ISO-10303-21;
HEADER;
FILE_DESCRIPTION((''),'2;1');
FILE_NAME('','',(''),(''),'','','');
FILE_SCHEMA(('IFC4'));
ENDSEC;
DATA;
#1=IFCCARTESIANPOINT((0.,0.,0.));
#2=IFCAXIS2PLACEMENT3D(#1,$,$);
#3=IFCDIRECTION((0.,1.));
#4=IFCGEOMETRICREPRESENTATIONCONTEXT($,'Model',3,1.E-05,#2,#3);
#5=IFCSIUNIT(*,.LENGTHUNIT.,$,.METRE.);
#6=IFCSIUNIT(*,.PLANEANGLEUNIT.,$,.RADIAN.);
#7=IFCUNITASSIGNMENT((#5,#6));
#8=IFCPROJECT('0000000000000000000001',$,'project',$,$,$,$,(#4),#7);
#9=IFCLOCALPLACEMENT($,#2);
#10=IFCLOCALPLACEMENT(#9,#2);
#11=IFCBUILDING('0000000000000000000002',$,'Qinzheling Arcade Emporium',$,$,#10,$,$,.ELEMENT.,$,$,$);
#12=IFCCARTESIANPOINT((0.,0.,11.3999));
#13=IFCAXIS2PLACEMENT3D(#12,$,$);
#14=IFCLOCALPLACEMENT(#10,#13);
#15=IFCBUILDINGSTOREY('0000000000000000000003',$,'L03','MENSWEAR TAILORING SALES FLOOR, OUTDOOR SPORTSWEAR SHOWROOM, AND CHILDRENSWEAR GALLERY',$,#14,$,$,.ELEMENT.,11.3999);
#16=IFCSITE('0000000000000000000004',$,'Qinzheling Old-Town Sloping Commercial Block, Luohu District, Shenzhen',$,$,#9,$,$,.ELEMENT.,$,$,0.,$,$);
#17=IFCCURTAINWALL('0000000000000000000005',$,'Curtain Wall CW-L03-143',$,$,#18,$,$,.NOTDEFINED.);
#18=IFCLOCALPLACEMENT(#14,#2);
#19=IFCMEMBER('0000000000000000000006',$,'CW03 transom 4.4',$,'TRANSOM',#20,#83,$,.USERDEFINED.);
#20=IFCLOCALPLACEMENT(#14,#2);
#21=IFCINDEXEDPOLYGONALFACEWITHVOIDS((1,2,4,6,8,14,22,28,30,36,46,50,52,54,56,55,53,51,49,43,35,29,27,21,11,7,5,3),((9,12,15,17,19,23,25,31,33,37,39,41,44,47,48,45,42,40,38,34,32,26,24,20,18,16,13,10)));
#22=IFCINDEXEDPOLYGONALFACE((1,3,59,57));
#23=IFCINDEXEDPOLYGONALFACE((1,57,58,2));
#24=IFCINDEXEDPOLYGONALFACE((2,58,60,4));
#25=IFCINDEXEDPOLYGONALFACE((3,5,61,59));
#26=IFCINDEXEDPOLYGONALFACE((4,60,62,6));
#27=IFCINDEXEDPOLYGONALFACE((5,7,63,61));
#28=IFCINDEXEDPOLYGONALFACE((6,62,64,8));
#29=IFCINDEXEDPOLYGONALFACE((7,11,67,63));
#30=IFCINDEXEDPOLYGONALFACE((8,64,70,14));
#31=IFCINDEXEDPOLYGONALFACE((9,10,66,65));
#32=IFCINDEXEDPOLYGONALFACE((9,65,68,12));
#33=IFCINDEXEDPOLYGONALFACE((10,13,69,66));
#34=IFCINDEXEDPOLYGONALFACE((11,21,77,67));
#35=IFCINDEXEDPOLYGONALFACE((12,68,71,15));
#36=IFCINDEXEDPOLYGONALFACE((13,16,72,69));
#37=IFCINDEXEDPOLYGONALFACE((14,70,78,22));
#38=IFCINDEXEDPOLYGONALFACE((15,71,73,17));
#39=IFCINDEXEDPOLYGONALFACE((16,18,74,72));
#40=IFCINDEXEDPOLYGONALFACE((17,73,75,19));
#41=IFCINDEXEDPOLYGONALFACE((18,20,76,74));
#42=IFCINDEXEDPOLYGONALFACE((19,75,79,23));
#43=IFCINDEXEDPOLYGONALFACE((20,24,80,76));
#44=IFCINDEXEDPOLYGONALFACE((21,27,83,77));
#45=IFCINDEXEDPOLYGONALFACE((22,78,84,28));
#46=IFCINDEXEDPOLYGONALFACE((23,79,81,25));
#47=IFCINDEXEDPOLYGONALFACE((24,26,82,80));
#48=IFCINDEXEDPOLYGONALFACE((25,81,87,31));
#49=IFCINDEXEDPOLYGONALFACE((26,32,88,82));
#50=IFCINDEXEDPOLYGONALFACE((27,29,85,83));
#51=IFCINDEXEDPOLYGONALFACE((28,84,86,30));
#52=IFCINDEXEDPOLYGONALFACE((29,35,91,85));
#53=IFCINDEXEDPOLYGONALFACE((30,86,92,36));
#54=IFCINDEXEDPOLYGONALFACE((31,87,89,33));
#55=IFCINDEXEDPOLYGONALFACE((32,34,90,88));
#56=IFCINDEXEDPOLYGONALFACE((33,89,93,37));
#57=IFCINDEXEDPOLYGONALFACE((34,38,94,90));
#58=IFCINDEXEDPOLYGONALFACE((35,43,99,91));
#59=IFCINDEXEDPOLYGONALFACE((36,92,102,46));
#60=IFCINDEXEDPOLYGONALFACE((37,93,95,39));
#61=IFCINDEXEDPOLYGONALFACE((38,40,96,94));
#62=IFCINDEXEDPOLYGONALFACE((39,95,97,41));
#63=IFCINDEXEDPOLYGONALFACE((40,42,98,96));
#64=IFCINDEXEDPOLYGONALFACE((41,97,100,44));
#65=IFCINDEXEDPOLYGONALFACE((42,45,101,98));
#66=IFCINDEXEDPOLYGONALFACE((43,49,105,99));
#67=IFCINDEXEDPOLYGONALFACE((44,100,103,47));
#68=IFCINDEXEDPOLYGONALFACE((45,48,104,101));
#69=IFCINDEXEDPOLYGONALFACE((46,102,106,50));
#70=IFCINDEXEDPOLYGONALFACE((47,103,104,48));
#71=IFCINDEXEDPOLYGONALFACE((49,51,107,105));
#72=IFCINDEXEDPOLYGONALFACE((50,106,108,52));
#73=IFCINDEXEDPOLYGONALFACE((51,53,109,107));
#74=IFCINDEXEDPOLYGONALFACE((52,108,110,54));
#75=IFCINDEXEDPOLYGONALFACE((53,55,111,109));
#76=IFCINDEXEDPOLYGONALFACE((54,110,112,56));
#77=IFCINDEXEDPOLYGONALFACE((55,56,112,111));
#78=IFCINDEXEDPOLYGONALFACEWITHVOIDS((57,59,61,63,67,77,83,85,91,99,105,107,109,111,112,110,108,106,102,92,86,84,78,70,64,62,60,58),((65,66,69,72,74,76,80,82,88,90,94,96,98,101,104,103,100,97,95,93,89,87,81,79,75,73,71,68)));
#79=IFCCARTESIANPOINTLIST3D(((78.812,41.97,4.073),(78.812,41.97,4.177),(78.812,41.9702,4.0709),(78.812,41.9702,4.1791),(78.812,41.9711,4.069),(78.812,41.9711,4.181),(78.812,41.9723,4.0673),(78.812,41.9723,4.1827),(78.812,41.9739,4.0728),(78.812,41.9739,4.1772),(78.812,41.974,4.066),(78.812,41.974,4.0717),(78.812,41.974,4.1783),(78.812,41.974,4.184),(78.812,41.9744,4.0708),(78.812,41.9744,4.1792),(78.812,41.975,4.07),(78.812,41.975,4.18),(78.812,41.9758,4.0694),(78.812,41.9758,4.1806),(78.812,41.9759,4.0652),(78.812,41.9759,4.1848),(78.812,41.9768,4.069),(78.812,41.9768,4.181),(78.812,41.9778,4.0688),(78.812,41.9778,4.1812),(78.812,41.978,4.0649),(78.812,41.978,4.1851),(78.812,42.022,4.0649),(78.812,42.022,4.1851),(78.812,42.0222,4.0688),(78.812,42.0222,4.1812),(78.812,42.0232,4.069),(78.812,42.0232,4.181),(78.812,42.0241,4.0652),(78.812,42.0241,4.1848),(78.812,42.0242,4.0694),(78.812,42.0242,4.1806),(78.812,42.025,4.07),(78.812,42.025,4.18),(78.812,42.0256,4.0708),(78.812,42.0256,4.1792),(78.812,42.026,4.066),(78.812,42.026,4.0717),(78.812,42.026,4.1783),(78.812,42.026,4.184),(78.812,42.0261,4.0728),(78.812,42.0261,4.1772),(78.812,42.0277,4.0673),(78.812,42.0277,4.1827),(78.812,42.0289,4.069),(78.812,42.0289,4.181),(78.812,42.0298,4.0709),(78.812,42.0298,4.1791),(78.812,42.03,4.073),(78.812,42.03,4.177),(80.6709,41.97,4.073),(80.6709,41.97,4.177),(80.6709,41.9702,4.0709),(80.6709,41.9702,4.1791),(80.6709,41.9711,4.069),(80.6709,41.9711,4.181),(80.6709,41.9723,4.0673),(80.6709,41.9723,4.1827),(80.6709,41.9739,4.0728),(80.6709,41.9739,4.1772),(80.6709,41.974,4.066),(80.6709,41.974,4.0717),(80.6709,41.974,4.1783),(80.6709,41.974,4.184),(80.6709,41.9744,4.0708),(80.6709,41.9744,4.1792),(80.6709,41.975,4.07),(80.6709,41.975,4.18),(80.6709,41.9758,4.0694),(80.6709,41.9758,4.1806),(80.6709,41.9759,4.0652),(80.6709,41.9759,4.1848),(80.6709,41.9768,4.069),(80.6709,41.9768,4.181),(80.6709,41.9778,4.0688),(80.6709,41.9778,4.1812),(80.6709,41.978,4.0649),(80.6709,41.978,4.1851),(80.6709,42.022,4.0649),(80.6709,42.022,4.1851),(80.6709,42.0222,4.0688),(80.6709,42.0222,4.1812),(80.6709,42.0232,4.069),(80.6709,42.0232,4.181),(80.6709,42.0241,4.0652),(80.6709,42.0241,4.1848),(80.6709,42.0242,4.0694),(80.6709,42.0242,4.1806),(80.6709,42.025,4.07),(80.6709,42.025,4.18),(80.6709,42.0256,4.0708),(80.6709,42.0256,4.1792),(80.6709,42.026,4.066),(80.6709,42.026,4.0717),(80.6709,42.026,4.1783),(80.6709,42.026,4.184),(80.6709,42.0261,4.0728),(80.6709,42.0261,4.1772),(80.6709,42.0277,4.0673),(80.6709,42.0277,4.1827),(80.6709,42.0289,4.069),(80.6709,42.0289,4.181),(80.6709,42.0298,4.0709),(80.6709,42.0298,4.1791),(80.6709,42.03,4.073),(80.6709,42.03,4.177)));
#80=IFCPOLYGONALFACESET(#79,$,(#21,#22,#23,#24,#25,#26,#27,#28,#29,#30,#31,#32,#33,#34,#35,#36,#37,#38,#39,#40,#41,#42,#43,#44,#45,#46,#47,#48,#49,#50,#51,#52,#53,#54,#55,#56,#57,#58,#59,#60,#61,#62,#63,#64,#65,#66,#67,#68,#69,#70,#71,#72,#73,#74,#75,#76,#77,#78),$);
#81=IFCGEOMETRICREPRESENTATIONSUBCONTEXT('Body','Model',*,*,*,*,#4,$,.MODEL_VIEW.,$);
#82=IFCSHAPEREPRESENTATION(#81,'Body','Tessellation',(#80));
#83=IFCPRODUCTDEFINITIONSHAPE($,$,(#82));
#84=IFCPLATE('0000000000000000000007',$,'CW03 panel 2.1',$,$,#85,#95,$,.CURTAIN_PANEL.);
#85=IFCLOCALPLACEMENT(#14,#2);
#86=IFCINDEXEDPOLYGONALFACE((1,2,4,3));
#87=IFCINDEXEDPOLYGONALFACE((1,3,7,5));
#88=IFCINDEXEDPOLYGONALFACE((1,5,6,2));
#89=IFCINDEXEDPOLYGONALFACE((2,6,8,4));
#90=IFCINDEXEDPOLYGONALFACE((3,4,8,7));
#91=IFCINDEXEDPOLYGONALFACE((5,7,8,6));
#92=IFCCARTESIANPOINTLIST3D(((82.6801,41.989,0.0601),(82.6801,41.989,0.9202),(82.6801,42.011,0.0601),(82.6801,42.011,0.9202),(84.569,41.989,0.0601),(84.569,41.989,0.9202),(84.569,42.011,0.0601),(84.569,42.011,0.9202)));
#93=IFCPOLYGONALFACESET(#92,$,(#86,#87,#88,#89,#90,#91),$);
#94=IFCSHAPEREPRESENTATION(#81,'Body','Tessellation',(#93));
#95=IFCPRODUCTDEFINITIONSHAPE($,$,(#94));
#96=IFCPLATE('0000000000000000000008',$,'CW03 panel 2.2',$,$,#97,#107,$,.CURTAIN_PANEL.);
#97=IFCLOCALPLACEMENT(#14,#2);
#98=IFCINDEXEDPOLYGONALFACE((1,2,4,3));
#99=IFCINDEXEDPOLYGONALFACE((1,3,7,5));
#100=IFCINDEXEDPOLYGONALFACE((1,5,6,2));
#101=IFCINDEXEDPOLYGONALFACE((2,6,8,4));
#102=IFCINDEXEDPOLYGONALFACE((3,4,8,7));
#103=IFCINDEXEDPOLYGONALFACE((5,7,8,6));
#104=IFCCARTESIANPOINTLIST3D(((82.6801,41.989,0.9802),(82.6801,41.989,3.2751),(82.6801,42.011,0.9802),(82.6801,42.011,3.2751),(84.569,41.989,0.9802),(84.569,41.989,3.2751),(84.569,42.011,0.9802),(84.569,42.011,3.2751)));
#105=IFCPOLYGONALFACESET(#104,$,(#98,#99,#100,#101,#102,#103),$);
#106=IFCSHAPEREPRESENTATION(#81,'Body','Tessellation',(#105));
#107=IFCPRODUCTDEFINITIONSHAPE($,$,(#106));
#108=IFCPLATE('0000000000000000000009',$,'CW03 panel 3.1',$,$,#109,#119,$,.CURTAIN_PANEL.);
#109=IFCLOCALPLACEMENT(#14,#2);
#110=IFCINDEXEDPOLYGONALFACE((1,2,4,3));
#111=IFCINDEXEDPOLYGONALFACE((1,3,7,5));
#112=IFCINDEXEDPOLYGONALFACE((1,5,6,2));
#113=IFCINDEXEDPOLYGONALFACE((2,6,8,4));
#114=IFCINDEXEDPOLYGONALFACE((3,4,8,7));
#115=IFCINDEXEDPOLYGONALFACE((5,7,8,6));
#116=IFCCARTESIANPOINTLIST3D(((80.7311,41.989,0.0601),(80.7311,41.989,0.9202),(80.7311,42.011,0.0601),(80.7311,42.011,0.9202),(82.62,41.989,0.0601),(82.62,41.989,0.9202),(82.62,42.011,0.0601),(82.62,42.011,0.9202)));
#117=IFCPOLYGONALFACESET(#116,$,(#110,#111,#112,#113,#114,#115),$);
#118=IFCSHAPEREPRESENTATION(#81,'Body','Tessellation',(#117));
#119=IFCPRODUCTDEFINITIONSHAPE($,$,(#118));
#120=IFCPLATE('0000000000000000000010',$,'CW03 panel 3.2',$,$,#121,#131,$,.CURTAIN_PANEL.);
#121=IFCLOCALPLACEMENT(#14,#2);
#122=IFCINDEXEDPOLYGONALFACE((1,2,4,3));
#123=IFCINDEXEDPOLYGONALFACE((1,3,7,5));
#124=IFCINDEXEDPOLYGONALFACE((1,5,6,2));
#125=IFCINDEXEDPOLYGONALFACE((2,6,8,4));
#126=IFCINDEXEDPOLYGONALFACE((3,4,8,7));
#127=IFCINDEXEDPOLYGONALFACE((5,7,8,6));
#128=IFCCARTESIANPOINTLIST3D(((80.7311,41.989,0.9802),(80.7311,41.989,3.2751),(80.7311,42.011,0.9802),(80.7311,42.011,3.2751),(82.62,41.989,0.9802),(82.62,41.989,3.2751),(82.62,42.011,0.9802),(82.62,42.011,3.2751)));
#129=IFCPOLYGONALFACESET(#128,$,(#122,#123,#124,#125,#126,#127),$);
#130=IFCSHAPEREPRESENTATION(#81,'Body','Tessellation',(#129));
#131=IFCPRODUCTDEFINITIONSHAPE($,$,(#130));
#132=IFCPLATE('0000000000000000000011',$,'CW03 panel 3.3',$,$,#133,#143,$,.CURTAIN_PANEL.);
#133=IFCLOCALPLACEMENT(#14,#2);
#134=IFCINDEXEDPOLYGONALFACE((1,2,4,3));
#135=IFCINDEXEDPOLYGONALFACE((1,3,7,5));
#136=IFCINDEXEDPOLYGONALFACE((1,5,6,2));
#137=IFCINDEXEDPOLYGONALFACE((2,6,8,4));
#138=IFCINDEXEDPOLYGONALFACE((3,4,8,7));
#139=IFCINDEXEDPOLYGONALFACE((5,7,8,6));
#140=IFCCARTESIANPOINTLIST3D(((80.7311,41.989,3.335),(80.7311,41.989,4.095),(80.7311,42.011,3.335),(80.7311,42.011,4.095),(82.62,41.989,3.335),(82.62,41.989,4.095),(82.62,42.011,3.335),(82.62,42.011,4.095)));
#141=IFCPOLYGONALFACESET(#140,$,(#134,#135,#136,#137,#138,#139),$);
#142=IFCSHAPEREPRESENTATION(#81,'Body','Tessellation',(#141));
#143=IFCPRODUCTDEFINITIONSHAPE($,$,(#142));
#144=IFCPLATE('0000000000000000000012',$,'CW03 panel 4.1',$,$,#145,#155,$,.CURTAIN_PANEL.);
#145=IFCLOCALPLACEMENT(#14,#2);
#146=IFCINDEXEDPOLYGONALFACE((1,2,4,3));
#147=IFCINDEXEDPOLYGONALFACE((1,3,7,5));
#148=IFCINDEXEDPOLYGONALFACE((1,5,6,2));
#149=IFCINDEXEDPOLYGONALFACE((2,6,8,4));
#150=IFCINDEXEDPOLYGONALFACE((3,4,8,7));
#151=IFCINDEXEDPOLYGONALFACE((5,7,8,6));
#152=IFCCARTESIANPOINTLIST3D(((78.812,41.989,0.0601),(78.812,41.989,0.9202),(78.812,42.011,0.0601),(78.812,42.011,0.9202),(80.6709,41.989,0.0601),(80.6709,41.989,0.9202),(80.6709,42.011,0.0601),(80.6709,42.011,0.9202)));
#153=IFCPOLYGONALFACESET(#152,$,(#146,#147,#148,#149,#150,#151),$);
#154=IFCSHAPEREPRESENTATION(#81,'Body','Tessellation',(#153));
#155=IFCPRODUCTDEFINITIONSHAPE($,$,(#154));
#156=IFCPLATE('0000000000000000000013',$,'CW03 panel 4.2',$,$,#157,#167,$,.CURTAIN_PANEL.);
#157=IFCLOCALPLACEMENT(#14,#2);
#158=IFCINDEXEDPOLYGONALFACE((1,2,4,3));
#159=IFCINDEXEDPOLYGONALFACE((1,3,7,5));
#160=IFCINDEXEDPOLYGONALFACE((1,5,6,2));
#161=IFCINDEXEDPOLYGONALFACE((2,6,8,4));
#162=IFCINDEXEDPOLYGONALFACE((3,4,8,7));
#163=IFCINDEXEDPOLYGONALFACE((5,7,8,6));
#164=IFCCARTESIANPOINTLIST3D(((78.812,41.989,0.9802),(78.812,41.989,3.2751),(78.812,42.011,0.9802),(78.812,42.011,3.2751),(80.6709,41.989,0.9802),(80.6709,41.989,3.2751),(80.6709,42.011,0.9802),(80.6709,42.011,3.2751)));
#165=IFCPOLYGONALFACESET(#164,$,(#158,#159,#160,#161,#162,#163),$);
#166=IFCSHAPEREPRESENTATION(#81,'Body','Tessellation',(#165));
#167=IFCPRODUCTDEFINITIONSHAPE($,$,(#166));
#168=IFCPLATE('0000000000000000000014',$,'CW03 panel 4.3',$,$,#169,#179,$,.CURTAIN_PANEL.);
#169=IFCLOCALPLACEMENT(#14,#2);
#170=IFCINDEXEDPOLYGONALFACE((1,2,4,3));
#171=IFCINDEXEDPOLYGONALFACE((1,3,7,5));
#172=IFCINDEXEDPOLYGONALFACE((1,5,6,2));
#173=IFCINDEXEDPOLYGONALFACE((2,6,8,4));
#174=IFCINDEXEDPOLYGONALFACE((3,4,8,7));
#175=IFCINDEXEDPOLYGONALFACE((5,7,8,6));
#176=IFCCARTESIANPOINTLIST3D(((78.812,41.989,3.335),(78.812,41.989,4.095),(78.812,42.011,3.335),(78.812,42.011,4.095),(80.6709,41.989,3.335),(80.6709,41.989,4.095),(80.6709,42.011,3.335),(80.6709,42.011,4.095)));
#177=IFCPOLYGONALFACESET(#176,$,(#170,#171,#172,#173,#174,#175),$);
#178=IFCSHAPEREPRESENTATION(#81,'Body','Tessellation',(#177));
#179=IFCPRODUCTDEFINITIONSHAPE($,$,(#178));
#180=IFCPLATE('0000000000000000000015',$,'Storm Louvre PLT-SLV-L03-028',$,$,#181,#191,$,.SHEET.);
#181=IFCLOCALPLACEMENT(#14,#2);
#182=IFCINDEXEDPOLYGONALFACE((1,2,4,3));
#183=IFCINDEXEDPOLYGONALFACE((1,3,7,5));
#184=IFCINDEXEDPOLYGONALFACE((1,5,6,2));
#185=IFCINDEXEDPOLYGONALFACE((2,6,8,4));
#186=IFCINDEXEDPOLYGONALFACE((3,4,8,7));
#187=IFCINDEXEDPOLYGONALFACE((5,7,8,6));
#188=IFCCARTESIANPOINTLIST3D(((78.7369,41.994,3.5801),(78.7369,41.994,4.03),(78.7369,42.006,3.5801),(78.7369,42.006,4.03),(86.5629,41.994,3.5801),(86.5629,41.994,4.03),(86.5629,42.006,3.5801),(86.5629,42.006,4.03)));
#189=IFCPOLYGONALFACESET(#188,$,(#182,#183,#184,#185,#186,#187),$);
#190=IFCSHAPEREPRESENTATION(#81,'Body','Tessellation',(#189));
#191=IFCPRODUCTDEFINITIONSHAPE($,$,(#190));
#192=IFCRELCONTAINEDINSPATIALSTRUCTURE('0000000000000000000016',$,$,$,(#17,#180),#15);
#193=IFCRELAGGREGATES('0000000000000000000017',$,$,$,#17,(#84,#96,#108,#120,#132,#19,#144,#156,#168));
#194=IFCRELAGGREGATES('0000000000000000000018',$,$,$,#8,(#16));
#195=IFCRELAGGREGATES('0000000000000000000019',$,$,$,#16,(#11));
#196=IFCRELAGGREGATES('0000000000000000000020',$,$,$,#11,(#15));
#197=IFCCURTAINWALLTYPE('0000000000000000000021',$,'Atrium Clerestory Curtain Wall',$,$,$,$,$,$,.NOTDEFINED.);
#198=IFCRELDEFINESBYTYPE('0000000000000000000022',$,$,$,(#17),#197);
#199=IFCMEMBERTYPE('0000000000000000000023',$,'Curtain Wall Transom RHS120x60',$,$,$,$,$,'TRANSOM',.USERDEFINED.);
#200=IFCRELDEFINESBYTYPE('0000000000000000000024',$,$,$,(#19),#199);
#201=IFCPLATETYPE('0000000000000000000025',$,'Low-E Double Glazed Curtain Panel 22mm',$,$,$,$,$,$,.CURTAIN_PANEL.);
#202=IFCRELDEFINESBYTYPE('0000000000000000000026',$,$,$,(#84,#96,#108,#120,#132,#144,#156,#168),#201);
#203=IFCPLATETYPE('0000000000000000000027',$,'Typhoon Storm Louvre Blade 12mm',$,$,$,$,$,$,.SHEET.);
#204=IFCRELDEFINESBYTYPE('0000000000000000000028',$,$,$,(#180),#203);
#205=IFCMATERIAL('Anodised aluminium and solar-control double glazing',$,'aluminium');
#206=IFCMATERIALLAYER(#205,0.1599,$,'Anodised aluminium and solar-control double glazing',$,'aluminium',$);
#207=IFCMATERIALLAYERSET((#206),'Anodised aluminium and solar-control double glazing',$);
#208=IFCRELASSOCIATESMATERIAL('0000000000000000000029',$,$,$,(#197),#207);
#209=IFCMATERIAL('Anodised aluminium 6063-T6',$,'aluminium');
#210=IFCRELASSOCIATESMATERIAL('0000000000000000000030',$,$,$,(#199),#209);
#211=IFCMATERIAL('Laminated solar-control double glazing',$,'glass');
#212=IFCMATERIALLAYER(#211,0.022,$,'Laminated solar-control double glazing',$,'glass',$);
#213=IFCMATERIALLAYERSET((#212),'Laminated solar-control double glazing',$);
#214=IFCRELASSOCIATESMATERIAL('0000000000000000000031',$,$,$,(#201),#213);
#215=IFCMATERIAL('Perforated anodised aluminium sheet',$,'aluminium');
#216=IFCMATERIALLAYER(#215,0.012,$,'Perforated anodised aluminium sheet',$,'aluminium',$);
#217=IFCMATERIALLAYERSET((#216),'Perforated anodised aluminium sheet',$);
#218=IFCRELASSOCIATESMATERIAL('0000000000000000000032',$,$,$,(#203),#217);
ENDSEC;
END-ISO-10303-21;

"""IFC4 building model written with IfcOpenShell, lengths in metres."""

from ifc_helpers import new_model, si_unit, direction, frame, origin, origin_2d, place, context, subcontext, project, spatial, rectangle, hollow_rectangle, extrude, material, layer, layer_set, material_profile, profile_set, type_object, element, aggregate, save


model = new_model("IFC4")

# Units and contexts
model_context = context("Model", 3, precision=1e-05, world=origin(), true_north=direction((0.0, 1.0)))
body_context = subcontext(model_context, "Body", "Model", "MODEL_VIEW")
ifc_project = project(units=[si_unit("LENGTHUNIT", "METRE"), si_unit("PLANEANGLEUNIT", "RADIAN")], contexts=[model_context])

# Site, building, storey
site_placement = place(None, origin())
site = spatial("IfcSite", under=ifc_project, at=site_placement, Name="Qinzheling Old-Town Sloping Commercial Block, Luohu District, Shenzhen", CompositionType="ELEMENT", RefElevation=0.0)
building_placement = place(site_placement, origin())
building = spatial("IfcBuilding", under=site, at=building_placement, Name="Qinzheling Arcade Emporium", CompositionType="ELEMENT")
storey_placement = place(building_placement, frame((0.0, 0.0, 11.3999)))
storey = spatial("IfcBuildingStorey", under=building, at=storey_placement, Name="L03", Description="MENSWEAR TAILORING SALES FLOOR, OUTDOOR SPORTSWEAR SHOWROOM, AND CHILDRENSWEAR GALLERY", CompositionType="ELEMENT", Elevation=11.3999)

# Curtain wall, member, plates
ifc_material_1 = material(Name="Anodised aluminium and solar-control double glazing", Category="aluminium")
ifc_layer_1 = layer(ifc_material_1, 0.1599, Name="Anodised aluminium and solar-control double glazing", Category="aluminium")
ifc_layer_set_1 = layer_set([ifc_layer_1], Name="Anodised aluminium and solar-control double glazing")
curtain_wall_type = type_object("IfcCurtainWallType", Name="Atrium Clerestory Curtain Wall", PredefinedType="NOTDEFINED", material=ifc_layer_set_1)
curtain_wall_placement = place(storey_placement, origin())
curtain_wall = element("IfcCurtainWall", 1, at=curtain_wall_placement, inside=storey, type_object=curtain_wall_type, Name="Curtain Wall CW-L03-143", PredefinedType="NOTDEFINED")
ifc_material_2 = material(Name="Anodised aluminium 6063-T6", Category="aluminium")
ifc_material_profile_1 = material_profile(ifc_material_2, hollow_rectangle(XDim=0.0601, YDim=0.1201, WallThickness=0.0039, InnerFilletRadius=0.0039, OuterFilletRadius=0.0081, at=origin_2d()), Name="RHS 120x60x4", Category="aluminium")
ifc_profile_set_1 = profile_set([ifc_material_profile_1], Name="Anodised aluminium 6063-T6")
member_type_1 = type_object("IfcMemberType", Name="Curtain Wall Transom RHS120x60", ElementType="TRANSOM", PredefinedType="USERDEFINED", material=ifc_profile_set_1)
member_1_placement = place(storey_placement, frame((80.6709, 42.0, 4.125), z_axis=(-1.0, 0.0, 0.0), x_axis=(0.0, -1.0, 0.0)))
member_1 = element("IfcMember", 2, at=member_1_placement, type_object=member_type_1, Name="CW03 transom 4.4", ObjectType="TRANSOM", PredefinedType="USERDEFINED", context=body_context, shape_type="SweptSolid", body=[
    extrude(hollow_rectangle(XDim=0.0601, YDim=0.1201, WallThickness=0.0039, InnerFilletRadius=0.0039, OuterFilletRadius=0.0081, at=origin_2d()), origin(), (0.0, 0.0, 1.0), 1.8589),
])
ifc_material_3 = material(Name="Laminated solar-control double glazing", Category="glass")
ifc_layer_2 = layer(ifc_material_3, 0.022, Name="Laminated solar-control double glazing", Category="glass")
ifc_layer_set_2 = layer_set([ifc_layer_2], Name="Laminated solar-control double glazing")
plate_type_1 = type_object("IfcPlateType", Name="Low-E Double Glazed Curtain Panel 22mm", PredefinedType="CURTAIN_PANEL", material=ifc_layer_set_2)
plate_1_placement = place(storey_placement, frame((83.6245, 42.0, 0.0601), z_axis=(0.0, 0.0, 1.0), x_axis=(-1.0, 0.0, 0.0)))
plate_1 = element("IfcPlate", 3, at=plate_1_placement, type_object=plate_type_1, Name="CW03 panel 2.1", PredefinedType="CURTAIN_PANEL", context=body_context, shape_type="SweptSolid", body=[
    extrude(rectangle(XDim=1.8889, YDim=0.022, at=origin_2d()), origin(), (0.0, 0.0, 1.0), 0.8601),
])
plate_2_placement = place(storey_placement, frame((83.6245, 42.0, 0.9802), z_axis=(0.0, 0.0, 1.0), x_axis=(-1.0, 0.0, 0.0)))
plate_2 = element("IfcPlate", 4, at=plate_2_placement, type_object=plate_type_1, Name="CW03 panel 2.2", PredefinedType="CURTAIN_PANEL", context=body_context, shape_type="SweptSolid", body=[
    extrude(rectangle(XDim=1.8889, YDim=0.022, at=origin_2d()), origin(), (0.0, 0.0, 1.0), 2.2949),
])
plate_3_placement = place(storey_placement, frame((81.6755, 42.0, 0.0601), z_axis=(0.0, 0.0, 1.0), x_axis=(-1.0, 0.0, 0.0)))
plate_3 = element("IfcPlate", 5, at=plate_3_placement, type_object=plate_type_1, Name="CW03 panel 3.1", PredefinedType="CURTAIN_PANEL", context=body_context, shape_type="SweptSolid", body=[
    extrude(rectangle(XDim=1.8889, YDim=0.022, at=origin_2d()), origin(), (0.0, 0.0, 1.0), 0.8601),
])
plate_4_placement = place(storey_placement, frame((81.6755, 42.0, 0.9802), z_axis=(0.0, 0.0, 1.0), x_axis=(-1.0, 0.0, 0.0)))
plate_4 = element("IfcPlate", 6, at=plate_4_placement, type_object=plate_type_1, Name="CW03 panel 3.2", PredefinedType="CURTAIN_PANEL", context=body_context, shape_type="SweptSolid", body=[
    extrude(rectangle(XDim=1.8889, YDim=0.022, at=origin_2d()), origin(), (0.0, 0.0, 1.0), 2.2949),
])
plate_5_placement = place(storey_placement, frame((81.6755, 42.0, 3.335), z_axis=(0.0, 0.0, 1.0), x_axis=(-1.0, 0.0, 0.0)))
plate_5 = element("IfcPlate", 7, at=plate_5_placement, type_object=plate_type_1, Name="CW03 panel 3.3", PredefinedType="CURTAIN_PANEL", context=body_context, shape_type="SweptSolid", body=[
    extrude(rectangle(XDim=1.8889, YDim=0.022, at=origin_2d()), origin(), (0.0, 0.0, 1.0), 0.76),
])
plate_6_placement = place(storey_placement, frame((79.7415, 42.0, 0.0601), z_axis=(0.0, 0.0, 1.0), x_axis=(-1.0, 0.0, 0.0)))
plate_6 = element("IfcPlate", 8, at=plate_6_placement, type_object=plate_type_1, Name="CW03 panel 4.1", PredefinedType="CURTAIN_PANEL", context=body_context, shape_type="SweptSolid", body=[
    extrude(rectangle(XDim=1.8589, YDim=0.022, at=origin_2d()), origin(), (0.0, 0.0, 1.0), 0.8601),
])
plate_7_placement = place(storey_placement, frame((79.7415, 42.0, 0.9802), z_axis=(0.0, 0.0, 1.0), x_axis=(-1.0, 0.0, 0.0)))
plate_7 = element("IfcPlate", 9, at=plate_7_placement, type_object=plate_type_1, Name="CW03 panel 4.2", PredefinedType="CURTAIN_PANEL", context=body_context, shape_type="SweptSolid", body=[
    extrude(rectangle(XDim=1.8589, YDim=0.022, at=origin_2d()), origin(), (0.0, 0.0, 1.0), 2.2949),
])
plate_8_placement = place(storey_placement, frame((79.7415, 42.0, 3.335), z_axis=(0.0, 0.0, 1.0), x_axis=(-1.0, 0.0, 0.0)))
plate_8 = element("IfcPlate", 10, at=plate_8_placement, type_object=plate_type_1, Name="CW03 panel 4.3", PredefinedType="CURTAIN_PANEL", context=body_context, shape_type="SweptSolid", body=[
    extrude(rectangle(XDim=1.8589, YDim=0.022, at=origin_2d()), origin(), (0.0, 0.0, 1.0), 0.76),
])
aggregate(curtain_wall, [plate_1, plate_2, plate_3, plate_4, plate_5, member_1, plate_6, plate_7, plate_8])

# Plate
ifc_material_4 = material(Name="Perforated anodised aluminium sheet", Category="aluminium")
ifc_layer_3 = layer(ifc_material_4, 0.012, Name="Perforated anodised aluminium sheet", Category="aluminium")
ifc_layer_set_3 = layer_set([ifc_layer_3], Name="Perforated anodised aluminium sheet")
plate_type_2 = type_object("IfcPlateType", Name="Typhoon Storm Louvre Blade 12mm", PredefinedType="SHEET", material=ifc_layer_set_3)
plate_9_placement = place(storey_placement, frame((82.6499, 42.0, 3.5801), z_axis=(0.0, 0.0, 1.0), x_axis=(-1.0, 0.0, 0.0)))
element("IfcPlate", 11, at=plate_9_placement, inside=storey, type_object=plate_type_2, Name="Storm Louvre PLT-SLV-L03-028", PredefinedType="SHEET", context=body_context, shape_type="SweptSolid", body=[
    extrude(rectangle(XDim=7.8259, YDim=0.012, at=origin_2d()), origin(), (0.0, 0.0, 1.0), 0.45),
])

save(model, "model.ifc")
